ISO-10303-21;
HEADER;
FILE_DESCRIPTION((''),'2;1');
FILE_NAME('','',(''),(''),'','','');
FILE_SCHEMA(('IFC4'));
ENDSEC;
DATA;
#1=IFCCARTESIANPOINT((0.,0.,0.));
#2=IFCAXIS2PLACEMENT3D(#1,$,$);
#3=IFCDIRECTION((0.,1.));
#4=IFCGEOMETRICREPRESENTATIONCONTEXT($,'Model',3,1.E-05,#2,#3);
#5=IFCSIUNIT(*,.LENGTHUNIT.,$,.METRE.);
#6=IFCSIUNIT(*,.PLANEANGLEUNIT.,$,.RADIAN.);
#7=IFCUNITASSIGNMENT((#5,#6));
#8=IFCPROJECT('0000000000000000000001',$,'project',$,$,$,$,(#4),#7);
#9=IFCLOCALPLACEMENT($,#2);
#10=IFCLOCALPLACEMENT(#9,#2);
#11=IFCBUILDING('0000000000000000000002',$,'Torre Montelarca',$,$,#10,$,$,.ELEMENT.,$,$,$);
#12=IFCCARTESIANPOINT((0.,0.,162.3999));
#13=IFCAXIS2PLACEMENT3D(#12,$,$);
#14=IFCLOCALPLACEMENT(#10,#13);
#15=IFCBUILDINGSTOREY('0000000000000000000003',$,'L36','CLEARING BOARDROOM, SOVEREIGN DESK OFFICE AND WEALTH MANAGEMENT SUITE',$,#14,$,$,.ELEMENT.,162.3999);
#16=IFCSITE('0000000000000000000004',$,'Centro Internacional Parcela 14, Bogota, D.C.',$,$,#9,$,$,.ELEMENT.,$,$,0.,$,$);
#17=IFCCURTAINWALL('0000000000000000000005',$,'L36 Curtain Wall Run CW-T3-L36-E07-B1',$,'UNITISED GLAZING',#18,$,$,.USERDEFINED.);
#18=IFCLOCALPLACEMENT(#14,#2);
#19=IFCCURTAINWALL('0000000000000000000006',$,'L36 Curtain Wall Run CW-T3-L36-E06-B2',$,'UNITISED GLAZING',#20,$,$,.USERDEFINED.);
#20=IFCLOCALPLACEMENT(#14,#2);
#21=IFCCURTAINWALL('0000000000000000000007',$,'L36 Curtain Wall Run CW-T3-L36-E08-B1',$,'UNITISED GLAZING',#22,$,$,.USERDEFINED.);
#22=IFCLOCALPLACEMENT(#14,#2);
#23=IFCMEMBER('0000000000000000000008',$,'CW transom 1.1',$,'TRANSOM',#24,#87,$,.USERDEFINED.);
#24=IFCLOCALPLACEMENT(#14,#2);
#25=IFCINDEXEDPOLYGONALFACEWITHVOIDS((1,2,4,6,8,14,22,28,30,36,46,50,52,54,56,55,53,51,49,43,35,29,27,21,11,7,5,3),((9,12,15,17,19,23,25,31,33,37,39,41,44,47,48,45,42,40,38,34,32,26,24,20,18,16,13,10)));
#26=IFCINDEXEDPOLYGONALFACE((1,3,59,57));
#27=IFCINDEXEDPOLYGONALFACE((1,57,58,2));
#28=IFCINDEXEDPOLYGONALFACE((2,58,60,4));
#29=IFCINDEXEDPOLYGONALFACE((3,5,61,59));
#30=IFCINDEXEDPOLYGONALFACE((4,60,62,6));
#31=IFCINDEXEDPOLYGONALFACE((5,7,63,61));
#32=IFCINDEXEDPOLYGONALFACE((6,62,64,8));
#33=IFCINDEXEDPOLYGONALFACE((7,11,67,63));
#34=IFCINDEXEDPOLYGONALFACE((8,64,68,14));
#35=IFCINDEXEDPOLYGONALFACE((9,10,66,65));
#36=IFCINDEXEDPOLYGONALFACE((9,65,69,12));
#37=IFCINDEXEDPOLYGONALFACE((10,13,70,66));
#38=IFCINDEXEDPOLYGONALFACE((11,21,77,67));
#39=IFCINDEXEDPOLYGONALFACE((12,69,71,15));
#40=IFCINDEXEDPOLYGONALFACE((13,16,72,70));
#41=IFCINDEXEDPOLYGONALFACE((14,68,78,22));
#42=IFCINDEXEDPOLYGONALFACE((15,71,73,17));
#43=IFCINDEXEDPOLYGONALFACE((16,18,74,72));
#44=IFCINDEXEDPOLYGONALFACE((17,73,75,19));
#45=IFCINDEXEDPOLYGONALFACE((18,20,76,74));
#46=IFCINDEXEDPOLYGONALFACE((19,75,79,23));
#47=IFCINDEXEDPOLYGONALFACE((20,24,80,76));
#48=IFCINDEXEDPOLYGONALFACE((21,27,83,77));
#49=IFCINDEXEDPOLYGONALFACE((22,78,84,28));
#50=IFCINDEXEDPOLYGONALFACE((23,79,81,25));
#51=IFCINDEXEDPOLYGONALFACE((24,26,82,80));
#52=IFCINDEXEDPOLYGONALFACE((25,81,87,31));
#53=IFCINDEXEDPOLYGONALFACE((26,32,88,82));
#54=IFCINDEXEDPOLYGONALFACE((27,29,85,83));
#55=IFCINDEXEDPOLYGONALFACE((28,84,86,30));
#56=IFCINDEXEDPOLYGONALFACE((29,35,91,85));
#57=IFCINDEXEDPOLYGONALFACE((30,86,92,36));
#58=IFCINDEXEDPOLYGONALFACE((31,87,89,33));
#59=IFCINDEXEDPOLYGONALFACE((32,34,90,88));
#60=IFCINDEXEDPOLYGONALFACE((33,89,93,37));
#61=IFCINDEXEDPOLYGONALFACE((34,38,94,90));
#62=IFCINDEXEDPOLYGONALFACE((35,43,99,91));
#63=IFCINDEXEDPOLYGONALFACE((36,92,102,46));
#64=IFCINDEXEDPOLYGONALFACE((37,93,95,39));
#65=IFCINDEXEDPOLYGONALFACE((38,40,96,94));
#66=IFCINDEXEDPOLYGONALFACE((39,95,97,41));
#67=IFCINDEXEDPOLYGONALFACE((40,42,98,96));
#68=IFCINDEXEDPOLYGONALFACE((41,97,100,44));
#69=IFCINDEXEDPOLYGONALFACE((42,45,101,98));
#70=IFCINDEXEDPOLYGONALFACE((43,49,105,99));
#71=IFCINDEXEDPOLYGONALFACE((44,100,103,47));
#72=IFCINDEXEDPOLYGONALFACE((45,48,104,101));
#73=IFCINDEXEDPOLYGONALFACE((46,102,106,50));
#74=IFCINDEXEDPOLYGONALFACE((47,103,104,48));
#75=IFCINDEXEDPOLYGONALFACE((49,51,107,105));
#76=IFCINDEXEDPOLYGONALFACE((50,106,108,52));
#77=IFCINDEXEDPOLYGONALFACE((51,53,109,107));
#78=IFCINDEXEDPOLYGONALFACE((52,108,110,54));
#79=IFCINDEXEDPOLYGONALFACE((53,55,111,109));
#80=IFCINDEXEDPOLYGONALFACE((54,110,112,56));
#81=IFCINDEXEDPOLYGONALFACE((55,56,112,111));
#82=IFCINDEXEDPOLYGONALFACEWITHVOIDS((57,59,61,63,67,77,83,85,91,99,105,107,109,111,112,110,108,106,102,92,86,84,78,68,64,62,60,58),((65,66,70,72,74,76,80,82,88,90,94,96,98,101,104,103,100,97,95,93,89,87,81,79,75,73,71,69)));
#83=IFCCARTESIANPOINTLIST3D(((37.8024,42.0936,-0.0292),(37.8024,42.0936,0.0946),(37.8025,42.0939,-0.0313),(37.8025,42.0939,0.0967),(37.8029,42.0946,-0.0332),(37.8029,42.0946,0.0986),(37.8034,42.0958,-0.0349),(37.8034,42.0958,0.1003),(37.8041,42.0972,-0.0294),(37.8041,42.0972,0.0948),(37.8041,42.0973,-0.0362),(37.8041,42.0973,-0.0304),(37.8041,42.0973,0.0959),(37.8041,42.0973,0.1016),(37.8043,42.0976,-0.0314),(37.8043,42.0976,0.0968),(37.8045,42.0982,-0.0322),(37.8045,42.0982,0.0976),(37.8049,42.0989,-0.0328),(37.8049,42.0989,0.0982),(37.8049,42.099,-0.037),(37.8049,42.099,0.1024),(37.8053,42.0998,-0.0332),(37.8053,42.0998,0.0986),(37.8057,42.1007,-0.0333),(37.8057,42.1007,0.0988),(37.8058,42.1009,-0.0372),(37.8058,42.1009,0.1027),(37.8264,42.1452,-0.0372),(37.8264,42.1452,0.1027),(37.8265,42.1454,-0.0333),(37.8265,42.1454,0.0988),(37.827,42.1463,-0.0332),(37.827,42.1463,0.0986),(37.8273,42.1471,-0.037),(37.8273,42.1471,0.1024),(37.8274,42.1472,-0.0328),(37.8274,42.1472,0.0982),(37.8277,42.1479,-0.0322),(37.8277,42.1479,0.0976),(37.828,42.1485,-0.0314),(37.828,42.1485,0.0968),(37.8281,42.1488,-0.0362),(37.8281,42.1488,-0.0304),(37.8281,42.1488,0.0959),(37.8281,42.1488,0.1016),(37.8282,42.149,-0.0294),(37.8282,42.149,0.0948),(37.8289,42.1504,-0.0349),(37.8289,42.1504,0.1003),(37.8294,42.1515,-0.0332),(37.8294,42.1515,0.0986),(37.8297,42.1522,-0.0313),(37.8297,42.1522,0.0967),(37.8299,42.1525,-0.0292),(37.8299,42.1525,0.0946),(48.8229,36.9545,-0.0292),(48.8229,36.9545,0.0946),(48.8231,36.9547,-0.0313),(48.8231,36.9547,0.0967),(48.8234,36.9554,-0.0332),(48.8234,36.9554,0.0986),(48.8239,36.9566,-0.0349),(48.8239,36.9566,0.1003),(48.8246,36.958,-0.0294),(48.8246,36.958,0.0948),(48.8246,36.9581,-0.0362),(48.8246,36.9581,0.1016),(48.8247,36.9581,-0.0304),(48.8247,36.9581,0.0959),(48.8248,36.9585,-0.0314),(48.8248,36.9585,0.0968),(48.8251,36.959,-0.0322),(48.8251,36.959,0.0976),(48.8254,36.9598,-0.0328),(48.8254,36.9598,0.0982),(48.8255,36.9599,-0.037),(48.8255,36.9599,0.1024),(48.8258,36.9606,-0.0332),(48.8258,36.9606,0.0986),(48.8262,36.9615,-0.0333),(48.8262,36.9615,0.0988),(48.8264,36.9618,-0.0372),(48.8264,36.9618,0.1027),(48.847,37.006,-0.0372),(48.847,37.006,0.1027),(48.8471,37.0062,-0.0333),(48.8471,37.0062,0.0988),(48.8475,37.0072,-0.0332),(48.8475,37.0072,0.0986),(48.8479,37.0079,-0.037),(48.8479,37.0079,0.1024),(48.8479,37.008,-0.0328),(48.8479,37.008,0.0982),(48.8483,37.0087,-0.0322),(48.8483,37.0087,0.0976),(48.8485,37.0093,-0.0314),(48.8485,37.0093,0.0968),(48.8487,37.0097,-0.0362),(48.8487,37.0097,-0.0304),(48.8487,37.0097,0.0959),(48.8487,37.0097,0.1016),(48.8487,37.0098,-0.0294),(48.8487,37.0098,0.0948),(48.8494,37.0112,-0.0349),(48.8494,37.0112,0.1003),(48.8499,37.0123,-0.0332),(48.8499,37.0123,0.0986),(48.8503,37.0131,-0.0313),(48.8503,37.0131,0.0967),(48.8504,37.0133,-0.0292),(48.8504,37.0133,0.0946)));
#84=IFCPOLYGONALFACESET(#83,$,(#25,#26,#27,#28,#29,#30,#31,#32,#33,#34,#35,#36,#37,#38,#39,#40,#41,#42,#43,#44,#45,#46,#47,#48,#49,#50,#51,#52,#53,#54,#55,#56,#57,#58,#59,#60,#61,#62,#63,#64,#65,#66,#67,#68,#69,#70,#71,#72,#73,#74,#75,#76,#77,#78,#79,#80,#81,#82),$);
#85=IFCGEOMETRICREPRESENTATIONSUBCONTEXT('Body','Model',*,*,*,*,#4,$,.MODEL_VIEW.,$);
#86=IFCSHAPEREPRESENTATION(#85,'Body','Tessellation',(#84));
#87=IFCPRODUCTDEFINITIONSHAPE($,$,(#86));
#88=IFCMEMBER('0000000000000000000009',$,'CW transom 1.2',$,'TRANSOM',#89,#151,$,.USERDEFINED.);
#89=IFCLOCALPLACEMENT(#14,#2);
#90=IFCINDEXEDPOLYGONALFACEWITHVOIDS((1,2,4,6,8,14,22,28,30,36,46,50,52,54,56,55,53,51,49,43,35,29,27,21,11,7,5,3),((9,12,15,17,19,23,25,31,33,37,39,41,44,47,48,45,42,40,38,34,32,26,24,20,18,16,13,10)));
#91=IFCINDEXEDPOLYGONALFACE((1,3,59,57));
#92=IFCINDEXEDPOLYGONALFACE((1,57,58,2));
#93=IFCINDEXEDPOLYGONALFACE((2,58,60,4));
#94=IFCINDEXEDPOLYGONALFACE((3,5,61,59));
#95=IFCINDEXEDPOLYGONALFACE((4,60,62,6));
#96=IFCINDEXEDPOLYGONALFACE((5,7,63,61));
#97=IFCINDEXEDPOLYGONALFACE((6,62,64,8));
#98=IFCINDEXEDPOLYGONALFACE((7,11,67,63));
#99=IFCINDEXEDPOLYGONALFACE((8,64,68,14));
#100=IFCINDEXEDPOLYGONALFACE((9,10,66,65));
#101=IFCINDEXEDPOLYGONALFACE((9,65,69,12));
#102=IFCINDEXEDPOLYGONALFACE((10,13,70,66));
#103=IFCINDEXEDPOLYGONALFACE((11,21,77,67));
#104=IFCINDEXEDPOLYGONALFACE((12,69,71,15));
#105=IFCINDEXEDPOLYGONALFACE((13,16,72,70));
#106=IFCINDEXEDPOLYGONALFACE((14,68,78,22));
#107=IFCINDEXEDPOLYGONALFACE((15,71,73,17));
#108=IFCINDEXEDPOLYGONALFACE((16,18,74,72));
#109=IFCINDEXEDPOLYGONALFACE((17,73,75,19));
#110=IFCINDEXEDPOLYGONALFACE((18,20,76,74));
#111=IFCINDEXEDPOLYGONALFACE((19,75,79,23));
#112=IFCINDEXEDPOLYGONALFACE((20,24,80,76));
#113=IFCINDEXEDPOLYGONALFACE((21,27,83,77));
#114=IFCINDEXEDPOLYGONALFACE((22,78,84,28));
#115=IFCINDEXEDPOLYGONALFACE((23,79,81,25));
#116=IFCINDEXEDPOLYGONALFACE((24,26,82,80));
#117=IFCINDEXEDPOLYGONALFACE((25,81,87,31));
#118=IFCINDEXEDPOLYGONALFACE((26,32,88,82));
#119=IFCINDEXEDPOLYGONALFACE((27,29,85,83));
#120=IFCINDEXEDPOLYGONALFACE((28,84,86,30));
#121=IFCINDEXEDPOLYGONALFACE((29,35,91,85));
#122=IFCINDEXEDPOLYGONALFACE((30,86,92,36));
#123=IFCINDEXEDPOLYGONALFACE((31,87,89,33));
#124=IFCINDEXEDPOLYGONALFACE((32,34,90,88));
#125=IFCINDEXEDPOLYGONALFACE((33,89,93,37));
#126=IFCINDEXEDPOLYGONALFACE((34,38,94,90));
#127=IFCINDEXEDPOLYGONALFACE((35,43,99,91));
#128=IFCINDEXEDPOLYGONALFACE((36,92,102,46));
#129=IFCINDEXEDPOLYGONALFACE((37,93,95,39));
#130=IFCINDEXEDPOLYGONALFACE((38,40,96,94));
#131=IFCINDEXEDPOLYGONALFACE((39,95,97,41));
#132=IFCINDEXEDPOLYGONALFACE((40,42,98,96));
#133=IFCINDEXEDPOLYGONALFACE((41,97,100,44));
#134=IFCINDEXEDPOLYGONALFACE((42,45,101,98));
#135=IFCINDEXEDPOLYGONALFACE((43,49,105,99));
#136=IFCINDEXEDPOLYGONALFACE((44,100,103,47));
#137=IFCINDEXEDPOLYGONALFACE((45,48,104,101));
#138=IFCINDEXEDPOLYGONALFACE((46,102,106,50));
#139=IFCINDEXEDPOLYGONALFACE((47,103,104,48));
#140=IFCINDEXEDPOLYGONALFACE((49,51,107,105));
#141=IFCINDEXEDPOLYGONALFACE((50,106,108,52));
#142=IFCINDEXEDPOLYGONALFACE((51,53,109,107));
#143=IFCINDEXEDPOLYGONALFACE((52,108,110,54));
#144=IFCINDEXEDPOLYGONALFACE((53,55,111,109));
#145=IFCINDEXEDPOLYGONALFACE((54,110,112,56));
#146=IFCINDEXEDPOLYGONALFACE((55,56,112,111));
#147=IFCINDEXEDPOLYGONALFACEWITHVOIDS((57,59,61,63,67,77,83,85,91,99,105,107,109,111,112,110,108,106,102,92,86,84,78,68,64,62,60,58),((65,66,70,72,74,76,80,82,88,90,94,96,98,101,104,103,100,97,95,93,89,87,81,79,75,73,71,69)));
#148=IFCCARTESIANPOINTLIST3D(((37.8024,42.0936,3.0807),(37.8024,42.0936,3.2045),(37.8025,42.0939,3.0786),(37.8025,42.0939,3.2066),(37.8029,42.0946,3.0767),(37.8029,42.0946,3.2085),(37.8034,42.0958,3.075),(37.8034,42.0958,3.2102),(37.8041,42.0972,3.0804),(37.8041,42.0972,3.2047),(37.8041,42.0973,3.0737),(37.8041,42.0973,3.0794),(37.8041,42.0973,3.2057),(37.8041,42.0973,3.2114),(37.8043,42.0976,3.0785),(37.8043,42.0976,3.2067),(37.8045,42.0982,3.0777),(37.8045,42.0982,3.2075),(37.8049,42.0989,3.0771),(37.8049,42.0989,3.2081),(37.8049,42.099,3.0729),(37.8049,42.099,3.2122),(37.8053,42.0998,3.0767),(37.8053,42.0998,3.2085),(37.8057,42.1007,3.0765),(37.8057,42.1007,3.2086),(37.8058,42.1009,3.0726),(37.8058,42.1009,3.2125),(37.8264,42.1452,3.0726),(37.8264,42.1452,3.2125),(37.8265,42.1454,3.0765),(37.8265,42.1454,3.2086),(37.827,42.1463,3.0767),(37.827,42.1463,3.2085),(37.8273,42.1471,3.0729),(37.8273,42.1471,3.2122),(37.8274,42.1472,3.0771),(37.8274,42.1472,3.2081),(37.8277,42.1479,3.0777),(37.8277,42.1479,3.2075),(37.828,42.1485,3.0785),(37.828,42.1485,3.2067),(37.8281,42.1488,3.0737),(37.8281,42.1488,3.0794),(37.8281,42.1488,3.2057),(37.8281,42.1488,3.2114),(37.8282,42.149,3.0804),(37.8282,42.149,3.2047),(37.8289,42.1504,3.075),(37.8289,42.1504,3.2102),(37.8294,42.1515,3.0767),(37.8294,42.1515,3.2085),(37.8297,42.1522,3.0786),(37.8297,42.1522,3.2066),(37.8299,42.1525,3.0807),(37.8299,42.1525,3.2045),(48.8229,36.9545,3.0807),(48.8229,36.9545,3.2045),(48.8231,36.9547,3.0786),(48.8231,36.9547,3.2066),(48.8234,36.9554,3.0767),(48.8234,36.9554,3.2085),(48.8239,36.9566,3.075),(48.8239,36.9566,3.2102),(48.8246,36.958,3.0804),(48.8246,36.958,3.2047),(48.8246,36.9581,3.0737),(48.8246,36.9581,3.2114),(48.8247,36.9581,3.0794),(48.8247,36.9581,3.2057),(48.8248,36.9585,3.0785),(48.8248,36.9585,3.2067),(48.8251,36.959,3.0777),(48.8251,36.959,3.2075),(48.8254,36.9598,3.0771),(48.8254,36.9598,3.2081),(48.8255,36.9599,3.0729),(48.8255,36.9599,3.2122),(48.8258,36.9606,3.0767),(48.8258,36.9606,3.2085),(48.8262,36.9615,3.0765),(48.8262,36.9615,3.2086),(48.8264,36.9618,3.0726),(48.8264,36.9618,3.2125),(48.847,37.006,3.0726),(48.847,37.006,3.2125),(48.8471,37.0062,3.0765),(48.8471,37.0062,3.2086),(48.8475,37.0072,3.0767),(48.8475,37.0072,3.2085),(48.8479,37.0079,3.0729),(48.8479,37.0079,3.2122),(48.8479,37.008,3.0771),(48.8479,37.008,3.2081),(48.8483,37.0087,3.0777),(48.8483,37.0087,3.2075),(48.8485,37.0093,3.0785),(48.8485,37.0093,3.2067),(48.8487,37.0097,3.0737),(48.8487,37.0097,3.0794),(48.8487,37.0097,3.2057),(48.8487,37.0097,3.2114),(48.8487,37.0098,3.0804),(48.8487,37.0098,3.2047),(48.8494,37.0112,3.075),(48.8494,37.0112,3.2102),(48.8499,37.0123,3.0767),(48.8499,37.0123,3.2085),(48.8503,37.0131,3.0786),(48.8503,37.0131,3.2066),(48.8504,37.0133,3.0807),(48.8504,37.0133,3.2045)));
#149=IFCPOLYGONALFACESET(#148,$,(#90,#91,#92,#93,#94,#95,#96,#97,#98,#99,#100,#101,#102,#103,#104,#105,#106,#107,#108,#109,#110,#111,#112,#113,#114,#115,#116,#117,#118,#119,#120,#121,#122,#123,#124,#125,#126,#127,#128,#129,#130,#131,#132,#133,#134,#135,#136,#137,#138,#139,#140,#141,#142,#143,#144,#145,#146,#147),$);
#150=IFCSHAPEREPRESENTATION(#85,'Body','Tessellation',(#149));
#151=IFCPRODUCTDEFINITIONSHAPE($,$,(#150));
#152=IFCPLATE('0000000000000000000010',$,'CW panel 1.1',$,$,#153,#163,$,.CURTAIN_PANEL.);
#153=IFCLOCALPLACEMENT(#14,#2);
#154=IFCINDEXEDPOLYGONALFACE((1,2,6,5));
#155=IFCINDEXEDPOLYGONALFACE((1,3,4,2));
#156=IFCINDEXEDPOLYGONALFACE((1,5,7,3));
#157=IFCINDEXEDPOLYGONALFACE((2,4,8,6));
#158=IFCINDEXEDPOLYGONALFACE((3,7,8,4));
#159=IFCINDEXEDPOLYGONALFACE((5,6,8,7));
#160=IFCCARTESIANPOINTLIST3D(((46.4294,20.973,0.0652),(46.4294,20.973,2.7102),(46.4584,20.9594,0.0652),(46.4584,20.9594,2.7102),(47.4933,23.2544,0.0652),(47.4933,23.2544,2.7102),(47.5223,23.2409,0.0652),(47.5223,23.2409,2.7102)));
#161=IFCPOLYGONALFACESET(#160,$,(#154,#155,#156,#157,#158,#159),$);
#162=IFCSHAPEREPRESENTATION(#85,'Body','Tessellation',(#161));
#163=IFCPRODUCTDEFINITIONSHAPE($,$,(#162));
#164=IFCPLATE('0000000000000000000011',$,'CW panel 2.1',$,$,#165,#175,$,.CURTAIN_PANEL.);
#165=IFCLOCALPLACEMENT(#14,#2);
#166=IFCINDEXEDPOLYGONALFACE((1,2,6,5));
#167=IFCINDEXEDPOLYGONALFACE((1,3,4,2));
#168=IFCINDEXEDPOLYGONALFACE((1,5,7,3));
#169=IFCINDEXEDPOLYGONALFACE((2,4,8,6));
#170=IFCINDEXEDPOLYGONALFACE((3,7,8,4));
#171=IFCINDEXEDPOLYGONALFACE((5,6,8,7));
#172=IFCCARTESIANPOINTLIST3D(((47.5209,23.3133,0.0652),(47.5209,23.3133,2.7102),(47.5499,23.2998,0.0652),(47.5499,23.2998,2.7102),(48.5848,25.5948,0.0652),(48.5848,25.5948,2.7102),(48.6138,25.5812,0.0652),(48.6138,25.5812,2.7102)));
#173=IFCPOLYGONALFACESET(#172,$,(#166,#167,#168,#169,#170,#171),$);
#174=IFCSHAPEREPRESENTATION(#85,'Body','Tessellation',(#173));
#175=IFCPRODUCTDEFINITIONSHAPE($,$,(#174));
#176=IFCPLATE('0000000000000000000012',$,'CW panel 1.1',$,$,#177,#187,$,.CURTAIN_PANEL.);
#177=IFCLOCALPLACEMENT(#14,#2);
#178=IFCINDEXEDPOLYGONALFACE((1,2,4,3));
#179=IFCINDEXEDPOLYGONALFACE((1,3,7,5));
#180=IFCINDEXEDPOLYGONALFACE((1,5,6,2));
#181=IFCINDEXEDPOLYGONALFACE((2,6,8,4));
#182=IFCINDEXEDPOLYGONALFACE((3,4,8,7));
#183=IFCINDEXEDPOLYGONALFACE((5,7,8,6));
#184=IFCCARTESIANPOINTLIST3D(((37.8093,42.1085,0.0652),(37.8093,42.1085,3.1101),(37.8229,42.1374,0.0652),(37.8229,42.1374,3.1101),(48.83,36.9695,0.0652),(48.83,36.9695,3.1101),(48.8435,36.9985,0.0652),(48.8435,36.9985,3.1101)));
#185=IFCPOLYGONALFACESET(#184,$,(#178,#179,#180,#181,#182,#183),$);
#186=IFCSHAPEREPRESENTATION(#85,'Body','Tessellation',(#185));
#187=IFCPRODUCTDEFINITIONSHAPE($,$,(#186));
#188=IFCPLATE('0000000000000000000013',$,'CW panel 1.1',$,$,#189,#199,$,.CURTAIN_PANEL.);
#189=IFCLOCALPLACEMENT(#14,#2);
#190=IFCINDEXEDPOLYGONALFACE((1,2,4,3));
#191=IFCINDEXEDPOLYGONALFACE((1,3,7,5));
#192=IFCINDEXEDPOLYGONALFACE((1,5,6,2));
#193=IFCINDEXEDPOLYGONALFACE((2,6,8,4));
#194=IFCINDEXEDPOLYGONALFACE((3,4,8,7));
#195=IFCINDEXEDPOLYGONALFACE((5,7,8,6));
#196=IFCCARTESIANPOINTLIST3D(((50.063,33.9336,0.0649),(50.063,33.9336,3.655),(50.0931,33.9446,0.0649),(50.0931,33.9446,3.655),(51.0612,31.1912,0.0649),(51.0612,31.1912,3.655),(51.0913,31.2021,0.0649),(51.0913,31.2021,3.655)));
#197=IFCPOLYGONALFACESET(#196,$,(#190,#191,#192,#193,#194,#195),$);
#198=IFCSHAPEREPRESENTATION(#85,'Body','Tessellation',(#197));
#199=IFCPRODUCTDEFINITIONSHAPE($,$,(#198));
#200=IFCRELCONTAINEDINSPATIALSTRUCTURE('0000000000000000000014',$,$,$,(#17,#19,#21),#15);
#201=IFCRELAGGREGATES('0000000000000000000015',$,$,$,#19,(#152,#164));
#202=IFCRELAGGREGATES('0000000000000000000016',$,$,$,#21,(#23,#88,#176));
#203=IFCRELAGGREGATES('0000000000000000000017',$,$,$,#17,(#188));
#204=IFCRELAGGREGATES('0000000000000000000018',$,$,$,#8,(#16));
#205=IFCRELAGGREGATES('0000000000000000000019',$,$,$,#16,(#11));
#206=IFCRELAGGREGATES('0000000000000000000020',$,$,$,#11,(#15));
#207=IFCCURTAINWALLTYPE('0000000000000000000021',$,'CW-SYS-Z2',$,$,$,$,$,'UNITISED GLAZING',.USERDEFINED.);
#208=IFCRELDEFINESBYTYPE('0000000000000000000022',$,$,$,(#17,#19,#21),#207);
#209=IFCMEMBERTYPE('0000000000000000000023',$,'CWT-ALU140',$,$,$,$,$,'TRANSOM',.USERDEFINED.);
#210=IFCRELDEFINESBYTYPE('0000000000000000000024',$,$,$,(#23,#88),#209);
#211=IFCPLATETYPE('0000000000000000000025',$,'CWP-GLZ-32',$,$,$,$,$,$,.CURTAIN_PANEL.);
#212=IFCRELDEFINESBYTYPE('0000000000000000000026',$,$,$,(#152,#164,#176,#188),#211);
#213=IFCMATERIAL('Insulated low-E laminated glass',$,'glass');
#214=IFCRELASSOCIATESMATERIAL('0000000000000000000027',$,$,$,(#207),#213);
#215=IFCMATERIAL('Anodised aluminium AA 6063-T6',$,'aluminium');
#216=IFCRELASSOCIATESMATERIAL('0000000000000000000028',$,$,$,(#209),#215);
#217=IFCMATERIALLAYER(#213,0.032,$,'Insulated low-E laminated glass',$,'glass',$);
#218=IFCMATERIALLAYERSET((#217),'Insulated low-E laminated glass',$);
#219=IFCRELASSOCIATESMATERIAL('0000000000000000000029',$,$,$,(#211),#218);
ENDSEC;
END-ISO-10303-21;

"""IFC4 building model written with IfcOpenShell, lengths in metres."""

from ifc_helpers import new_model, si_unit, direction, frame, origin, origin_2d, place, context, subcontext, project, spatial, rectangle, hollow_rectangle, extrude, source, transform, mapped, material, layer, layer_set, material_profile, profile_set, type_object, element, aggregate, save


model = new_model("IFC4")

# Units and contexts
model_context = context("Model", 3, precision=1e-05, world=origin(), true_north=direction((0.0, 1.0)))
body_context = subcontext(model_context, "Body", "Model", "MODEL_VIEW")
ifc_project = project(units=[si_unit("LENGTHUNIT", "METRE"), si_unit("PLANEANGLEUNIT", "RADIAN")], contexts=[model_context])

# Site, building, storey
site_placement = place(None, origin())
site = spatial("IfcSite", under=ifc_project, at=site_placement, Name="Centro Internacional Parcela 14, Bogota, D.C.", CompositionType="ELEMENT", RefElevation=0.0)
building_placement = place(site_placement, origin())
building = spatial("IfcBuilding", under=site, at=building_placement, Name="Torre Montelarca", CompositionType="ELEMENT")
storey_placement = place(building_placement, frame((0.0, 0.0, 162.3999)))
storey = spatial("IfcBuildingStorey", under=building, at=storey_placement, Name="L36", Description="CLEARING BOARDROOM, SOVEREIGN DESK OFFICE AND WEALTH MANAGEMENT SUITE", CompositionType="ELEMENT", Elevation=162.3999)

# Curtain walls, members
ifc_material_1 = material(Name="Insulated low-E laminated glass", Category="glass")
curtain_wall_type = type_object("IfcCurtainWallType", Name="CW-SYS-Z2", ElementType="UNITISED GLAZING", PredefinedType="USERDEFINED", material=ifc_material_1)
curtain_wall_1_placement = place(storey_placement, origin())
curtain_wall_1 = element("IfcCurtainWall", 1, at=curtain_wall_1_placement, inside=storey, type_object=curtain_wall_type, Name="L36 Curtain Wall Run CW-T3-L36-E07-B1", ObjectType="UNITISED GLAZING", PredefinedType="USERDEFINED")
ifc_material_2 = material(Name="Anodised aluminium AA 6063-T6", Category="aluminium")
ifc_material_profile_1 = material_profile(ifc_material_2, hollow_rectangle(XDim=0.0649, YDim=0.1399, WallThickness=0.0039, InnerFilletRadius=0.0039, OuterFilletRadius=0.0081, at=origin_2d()), Name="ALU65X140X4", Category="aluminium")
ifc_profile_set_1 = profile_set([ifc_material_profile_1], Name="Anodised aluminium AA 6063-T6")
member_type_1 = type_object("IfcMemberType", Name="CWT-ALU140", ElementType="TRANSOM", PredefinedType="USERDEFINED", material=ifc_profile_set_1)
curtain_wall_2_placement = place(storey_placement, origin())
curtain_wall_2 = element("IfcCurtainWall", 2, at=curtain_wall_2_placement, inside=storey, type_object=curtain_wall_type, Name="L36 Curtain Wall Run CW-T3-L36-E06-B2", ObjectType="UNITISED GLAZING", PredefinedType="USERDEFINED")
curtain_wall_3_placement = place(storey_placement, origin())
curtain_wall_3 = element("IfcCurtainWall", 3, at=curtain_wall_3_placement, inside=storey, type_object=curtain_wall_type, Name="L36 Curtain Wall Run CW-T3-L36-E08-B1", ObjectType="UNITISED GLAZING", PredefinedType="USERDEFINED")
shared_shape_1 = source(origin(), body_context, "Body", "SweptSolid", [
    extrude(hollow_rectangle(XDim=0.0649, YDim=0.1399, WallThickness=0.0039, InnerFilletRadius=0.0039, OuterFilletRadius=0.0081, at=origin_2d()), origin(), (0.0, 0.0, 1.0), 12.1599),
])
member_1_placement = place(storey_placement, frame((48.8367, 36.9839, 0.0327), z_axis=(-0.906301, 0.422633, 0.0), x_axis=(-0.422633, -0.906301, 0.0)))
member_1 = element("IfcMember", 4, at=member_1_placement, type_object=member_type_1, Name="CW transom 1.1", ObjectType="TRANSOM", PredefinedType="USERDEFINED", context=body_context, shape_type="MappedRepresentation", body=[
    mapped(shared_shape_1, transform((0.0, 0.0, 0.0), scale=1.0)),
])
member_2_placement = place(storey_placement, frame((48.8367, 36.9839, 3.1426), z_axis=(-0.906301, 0.422633, 0.0), x_axis=(-0.422633, -0.906301, 0.0)))
member_2 = element("IfcMember", 5, at=member_2_placement, type_object=member_type_1, Name="CW transom 1.2", ObjectType="TRANSOM", PredefinedType="USERDEFINED", context=body_context, shape_type="MappedRepresentation", body=[
    mapped(shared_shape_1, transform((0.0, 0.0, 0.0), scale=1.0)),
])

# Plates
ifc_layer_1 = layer(ifc_material_1, 0.032, Name="Insulated low-E laminated glass", Category="glass")
ifc_layer_set_1 = layer_set([ifc_layer_1], Name="Insulated low-E laminated glass")
plate_type = type_object("IfcPlateType", Name="CWP-GLZ-32", PredefinedType="CURTAIN_PANEL", material=ifc_layer_set_1)
shared_shape_2 = source(origin(), body_context, "Body", "SweptSolid", [
    extrude(rectangle(XDim=2.5173, YDim=0.032, at=origin_2d()), origin(), (0.0, 0.0, 1.0), 2.645),
])
plate_1_placement = place(storey_placement, frame((46.9758, 22.1069, 0.0652), z_axis=(0.0, 0.0, 1.0), x_axis=(0.422632, 0.906301, 0.0)))
plate_1 = element("IfcPlate", 6, at=plate_1_placement, type_object=plate_type, Name="CW panel 1.1", PredefinedType="CURTAIN_PANEL", context=body_context, shape_type="MappedRepresentation", body=[
    mapped(shared_shape_2, transform((0.0, 0.0, 0.0), scale=1.0)),
])
plate_2_placement = place(storey_placement, frame((48.0674, 24.4473, 0.0652), z_axis=(0.0, 0.0, 1.0), x_axis=(0.422632, 0.906301, 0.0)))
plate_2 = element("IfcPlate", 7, at=plate_2_placement, type_object=plate_type, Name="CW panel 2.1", PredefinedType="CURTAIN_PANEL", context=body_context, shape_type="MappedRepresentation", body=[
    mapped(shared_shape_2, transform((0.0, 0.0, 0.0), scale=1.0)),
])
aggregate(curtain_wall_2, [plate_1, plate_2])
shared_shape_3 = source(origin(), body_context, "Body", "SweptSolid", [
    extrude(rectangle(XDim=12.1599, YDim=0.032, at=origin_2d()), origin(), (0.0, 0.0, 1.0), 3.0449),
])
plate_3_placement = place(storey_placement, frame((43.3264, 39.5535, 0.0652), z_axis=(0.0, 0.0, 1.0), x_axis=(-0.90631, 0.422614, 0.0)))
plate_3 = element("IfcPlate", 8, at=plate_3_placement, type_object=plate_type, Name="CW panel 1.1", PredefinedType="CURTAIN_PANEL", context=body_context, shape_type="MappedRepresentation", body=[
    mapped(shared_shape_3, transform((0.0, 0.0, 0.0), scale=1.0)),
])
aggregate(curtain_wall_3, [member_1, member_2, plate_3])
shared_shape_4 = source(origin(), body_context, "Body", "SweptSolid", [
    extrude(rectangle(XDim=2.9185, YDim=0.032, at=origin_2d()), origin(), (0.0, 0.0, 1.0), 3.5901),
])
plate_4_placement = place(storey_placement, frame((50.5771, 32.5679, 0.0649), z_axis=(0.0, 0.0, 1.0), x_axis=(-0.342021, 0.939692, 0.0)))
plate_4 = element("IfcPlate", 9, at=plate_4_placement, type_object=plate_type, Name="CW panel 1.1", PredefinedType="CURTAIN_PANEL", context=body_context, shape_type="MappedRepresentation", body=[
    mapped(shared_shape_4, transform((0.0, 0.0, 0.0), scale=1.0)),
])
aggregate(curtain_wall_1, [plate_4])

save(model, "model.ifc")
